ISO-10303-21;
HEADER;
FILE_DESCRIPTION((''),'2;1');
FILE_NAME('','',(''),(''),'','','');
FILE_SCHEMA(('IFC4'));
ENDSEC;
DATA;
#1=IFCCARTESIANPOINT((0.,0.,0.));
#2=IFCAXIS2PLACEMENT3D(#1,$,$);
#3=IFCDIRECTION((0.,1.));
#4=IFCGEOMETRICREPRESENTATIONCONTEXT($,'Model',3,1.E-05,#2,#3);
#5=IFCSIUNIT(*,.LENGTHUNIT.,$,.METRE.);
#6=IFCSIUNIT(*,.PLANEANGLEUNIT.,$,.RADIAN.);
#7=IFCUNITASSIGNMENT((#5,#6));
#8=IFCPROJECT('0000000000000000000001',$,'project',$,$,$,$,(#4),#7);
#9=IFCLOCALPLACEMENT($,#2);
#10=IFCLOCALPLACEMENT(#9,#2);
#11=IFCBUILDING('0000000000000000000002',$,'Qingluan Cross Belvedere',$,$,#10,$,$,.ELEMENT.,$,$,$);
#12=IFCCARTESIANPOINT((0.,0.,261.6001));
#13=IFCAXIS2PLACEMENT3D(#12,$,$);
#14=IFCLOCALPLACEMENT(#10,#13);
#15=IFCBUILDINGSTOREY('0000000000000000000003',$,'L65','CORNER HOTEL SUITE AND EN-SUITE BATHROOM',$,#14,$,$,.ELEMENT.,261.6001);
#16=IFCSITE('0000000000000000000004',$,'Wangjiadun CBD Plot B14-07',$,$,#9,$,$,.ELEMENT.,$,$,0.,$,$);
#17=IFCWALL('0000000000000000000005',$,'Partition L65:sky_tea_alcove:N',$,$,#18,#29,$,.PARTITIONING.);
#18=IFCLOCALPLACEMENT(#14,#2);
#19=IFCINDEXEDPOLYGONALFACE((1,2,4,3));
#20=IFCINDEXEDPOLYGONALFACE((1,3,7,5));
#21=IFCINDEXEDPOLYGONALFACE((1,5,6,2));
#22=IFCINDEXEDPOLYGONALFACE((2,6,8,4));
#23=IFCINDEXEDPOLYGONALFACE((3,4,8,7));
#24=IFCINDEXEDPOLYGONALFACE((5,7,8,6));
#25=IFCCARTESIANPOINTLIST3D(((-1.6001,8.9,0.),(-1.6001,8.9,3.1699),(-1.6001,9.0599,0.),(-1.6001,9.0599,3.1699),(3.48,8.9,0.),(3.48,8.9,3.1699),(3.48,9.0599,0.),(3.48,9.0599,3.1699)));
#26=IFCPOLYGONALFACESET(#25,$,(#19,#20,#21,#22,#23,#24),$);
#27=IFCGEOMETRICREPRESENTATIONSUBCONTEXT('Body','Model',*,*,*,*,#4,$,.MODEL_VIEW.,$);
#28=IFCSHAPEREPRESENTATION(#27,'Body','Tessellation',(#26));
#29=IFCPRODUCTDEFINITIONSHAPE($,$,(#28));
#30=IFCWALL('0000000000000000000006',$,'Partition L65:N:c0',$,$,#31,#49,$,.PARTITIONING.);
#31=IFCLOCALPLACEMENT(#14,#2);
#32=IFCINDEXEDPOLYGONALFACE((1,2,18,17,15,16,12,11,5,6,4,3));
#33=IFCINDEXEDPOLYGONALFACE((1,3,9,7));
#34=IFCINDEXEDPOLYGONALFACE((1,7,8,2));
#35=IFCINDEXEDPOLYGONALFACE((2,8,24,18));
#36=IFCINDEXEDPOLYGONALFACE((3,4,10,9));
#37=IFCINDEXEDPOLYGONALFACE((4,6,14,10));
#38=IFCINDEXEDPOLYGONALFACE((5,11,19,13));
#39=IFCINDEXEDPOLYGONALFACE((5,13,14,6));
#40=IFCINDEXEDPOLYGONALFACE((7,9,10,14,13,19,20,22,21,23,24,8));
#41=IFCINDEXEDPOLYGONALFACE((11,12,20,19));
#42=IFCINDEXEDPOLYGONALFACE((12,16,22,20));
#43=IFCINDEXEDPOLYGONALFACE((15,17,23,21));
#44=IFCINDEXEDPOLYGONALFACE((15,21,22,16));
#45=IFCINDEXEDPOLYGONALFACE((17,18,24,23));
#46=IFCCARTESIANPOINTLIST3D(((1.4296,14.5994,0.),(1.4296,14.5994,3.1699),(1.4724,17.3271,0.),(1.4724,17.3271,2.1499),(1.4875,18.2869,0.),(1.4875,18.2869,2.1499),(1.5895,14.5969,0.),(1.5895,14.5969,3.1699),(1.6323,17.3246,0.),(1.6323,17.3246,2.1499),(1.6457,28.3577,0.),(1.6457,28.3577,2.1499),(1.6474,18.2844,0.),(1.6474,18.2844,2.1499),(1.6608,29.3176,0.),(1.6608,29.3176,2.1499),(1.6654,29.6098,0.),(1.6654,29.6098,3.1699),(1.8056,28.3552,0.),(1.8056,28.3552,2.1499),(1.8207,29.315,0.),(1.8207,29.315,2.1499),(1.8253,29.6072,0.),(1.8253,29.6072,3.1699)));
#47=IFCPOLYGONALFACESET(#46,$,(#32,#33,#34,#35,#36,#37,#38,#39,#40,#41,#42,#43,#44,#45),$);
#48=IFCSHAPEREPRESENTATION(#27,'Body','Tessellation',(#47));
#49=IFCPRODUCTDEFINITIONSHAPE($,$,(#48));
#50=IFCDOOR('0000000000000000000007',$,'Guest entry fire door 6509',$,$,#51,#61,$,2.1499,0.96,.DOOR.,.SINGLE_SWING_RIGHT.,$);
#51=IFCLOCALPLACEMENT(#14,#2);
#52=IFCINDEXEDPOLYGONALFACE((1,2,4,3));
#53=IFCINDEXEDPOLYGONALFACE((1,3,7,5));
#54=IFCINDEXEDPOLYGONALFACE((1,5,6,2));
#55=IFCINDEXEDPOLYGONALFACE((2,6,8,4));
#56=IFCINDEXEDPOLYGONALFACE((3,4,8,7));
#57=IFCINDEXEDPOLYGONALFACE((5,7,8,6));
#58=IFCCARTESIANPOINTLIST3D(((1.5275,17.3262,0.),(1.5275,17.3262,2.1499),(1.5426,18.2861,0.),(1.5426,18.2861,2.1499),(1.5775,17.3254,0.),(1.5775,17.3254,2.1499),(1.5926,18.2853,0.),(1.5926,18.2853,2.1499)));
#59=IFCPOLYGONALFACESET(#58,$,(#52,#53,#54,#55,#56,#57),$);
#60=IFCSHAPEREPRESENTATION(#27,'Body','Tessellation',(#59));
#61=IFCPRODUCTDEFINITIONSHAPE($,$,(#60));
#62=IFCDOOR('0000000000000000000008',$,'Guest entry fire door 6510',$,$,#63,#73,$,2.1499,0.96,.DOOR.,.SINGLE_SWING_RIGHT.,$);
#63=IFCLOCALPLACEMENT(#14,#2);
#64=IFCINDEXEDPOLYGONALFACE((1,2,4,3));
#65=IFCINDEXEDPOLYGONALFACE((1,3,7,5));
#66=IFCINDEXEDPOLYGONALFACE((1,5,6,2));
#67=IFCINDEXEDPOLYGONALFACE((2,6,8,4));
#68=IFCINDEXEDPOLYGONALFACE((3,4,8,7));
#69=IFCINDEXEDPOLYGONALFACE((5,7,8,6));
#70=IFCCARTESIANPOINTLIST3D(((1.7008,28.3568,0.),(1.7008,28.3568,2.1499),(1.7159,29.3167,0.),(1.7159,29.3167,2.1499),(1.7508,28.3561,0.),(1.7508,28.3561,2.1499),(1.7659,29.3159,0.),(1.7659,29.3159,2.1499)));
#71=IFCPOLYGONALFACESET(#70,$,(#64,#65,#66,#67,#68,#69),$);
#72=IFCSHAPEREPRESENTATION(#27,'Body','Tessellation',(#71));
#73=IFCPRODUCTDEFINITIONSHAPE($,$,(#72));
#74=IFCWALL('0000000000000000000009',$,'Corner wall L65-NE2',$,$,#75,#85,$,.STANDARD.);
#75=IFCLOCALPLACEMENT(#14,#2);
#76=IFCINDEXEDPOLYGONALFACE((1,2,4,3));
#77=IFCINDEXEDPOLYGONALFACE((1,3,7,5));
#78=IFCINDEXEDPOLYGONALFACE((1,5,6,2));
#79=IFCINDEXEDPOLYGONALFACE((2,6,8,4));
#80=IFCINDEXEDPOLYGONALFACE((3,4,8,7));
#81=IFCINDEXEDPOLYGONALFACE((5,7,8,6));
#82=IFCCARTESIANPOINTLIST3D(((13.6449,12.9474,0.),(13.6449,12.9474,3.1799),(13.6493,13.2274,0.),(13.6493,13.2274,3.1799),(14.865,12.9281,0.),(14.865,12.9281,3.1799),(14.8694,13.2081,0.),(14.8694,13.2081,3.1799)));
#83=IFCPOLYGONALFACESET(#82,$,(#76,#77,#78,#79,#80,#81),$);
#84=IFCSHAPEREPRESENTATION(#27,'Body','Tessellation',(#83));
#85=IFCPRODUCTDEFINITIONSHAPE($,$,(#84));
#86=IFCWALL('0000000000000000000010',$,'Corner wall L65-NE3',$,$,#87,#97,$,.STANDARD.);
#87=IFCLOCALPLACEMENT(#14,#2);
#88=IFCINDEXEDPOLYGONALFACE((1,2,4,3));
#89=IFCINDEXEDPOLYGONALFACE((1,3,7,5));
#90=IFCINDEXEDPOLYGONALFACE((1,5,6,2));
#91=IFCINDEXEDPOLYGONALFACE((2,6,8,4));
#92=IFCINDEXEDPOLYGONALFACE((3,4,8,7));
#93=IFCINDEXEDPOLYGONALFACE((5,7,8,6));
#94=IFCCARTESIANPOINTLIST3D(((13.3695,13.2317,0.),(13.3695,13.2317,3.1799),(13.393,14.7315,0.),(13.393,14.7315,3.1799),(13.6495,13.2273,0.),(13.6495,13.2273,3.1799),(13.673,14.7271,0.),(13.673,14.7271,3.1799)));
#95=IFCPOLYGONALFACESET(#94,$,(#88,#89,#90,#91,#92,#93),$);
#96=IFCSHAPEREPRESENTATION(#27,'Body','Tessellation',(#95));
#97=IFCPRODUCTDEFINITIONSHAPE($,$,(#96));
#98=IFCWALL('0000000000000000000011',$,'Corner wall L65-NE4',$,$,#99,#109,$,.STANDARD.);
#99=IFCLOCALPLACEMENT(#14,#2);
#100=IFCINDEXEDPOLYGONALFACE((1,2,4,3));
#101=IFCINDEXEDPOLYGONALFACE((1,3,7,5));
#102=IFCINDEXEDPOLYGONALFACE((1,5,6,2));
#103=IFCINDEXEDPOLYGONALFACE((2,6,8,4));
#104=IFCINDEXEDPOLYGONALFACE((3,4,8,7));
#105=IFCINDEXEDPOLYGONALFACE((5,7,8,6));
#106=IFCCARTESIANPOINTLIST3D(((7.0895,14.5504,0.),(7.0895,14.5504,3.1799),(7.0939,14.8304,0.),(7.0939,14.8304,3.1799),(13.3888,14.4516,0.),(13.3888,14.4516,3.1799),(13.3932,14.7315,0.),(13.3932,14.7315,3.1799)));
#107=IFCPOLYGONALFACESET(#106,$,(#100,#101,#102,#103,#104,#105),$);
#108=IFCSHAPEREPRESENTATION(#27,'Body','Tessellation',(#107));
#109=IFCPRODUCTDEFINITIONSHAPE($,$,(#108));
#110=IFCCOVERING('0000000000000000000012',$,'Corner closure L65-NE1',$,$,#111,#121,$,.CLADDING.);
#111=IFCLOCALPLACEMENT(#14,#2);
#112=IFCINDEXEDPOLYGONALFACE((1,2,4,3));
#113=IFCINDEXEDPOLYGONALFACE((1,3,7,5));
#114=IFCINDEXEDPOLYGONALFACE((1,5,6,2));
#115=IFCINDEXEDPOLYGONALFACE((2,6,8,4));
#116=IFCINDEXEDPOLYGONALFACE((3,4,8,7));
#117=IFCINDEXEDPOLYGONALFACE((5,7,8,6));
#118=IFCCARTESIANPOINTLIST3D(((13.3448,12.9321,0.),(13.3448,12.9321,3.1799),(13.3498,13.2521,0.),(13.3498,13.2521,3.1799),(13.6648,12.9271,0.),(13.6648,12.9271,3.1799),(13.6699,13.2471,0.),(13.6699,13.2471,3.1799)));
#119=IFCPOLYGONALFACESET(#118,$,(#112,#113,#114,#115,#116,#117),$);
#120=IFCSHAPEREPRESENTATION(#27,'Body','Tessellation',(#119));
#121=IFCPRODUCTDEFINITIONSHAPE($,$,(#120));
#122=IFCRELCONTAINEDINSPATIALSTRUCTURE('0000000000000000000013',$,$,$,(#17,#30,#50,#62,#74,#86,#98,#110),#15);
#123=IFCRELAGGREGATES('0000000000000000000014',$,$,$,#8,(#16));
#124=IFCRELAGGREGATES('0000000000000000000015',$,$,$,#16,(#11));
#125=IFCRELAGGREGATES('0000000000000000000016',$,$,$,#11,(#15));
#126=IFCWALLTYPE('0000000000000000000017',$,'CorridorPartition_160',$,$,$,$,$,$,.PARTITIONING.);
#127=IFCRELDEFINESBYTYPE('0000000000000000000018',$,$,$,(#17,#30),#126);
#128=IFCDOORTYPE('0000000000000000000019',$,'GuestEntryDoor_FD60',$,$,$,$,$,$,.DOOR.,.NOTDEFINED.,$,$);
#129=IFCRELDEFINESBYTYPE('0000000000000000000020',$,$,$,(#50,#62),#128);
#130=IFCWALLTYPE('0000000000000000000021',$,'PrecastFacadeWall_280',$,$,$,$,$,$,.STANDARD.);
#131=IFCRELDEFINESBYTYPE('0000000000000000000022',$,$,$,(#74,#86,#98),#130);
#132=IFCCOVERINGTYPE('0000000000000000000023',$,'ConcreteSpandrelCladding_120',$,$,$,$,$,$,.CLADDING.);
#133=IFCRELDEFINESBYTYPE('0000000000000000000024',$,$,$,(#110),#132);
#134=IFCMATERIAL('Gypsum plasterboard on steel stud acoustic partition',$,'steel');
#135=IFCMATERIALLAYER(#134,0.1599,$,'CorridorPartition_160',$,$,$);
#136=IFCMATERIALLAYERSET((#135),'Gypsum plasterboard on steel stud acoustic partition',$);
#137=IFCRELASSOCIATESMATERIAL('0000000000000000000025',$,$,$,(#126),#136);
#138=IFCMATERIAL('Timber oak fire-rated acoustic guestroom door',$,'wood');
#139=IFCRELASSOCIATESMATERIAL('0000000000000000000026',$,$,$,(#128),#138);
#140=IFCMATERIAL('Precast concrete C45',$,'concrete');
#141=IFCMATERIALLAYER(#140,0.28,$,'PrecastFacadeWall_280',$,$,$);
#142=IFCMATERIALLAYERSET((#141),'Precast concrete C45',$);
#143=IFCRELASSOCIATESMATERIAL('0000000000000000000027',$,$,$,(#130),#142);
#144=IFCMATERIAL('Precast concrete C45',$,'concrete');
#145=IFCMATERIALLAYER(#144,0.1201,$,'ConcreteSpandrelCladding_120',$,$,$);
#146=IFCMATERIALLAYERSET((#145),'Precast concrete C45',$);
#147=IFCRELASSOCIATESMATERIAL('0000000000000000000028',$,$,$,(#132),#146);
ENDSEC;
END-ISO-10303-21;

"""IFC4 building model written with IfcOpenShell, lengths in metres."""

from ifc_helpers import new_model, si_unit, direction, frame, frame_2d, origin, origin_2d, place, context, subcontext, project, spatial, rectangle, extrude, material, layer, layer_set, type_object, element, fill, save


model = new_model("IFC4")

# Units and contexts
model_context = context("Model", 3, precision=1e-05, world=origin(), true_north=direction((0.0, 1.0)))
body_context = subcontext(model_context, "Body", "Model", "MODEL_VIEW")
ifc_project = project(units=[si_unit("LENGTHUNIT", "METRE"), si_unit("PLANEANGLEUNIT", "RADIAN")], contexts=[model_context])

# Site, building, storey
site_placement = place(None, origin())
site = spatial("IfcSite", under=ifc_project, at=site_placement, Name="Wangjiadun CBD Plot B14-07", CompositionType="ELEMENT", RefElevation=0.0)
building_placement = place(site_placement, origin())
building = spatial("IfcBuilding", under=site, at=building_placement, Name="Qingluan Cross Belvedere", CompositionType="ELEMENT")
storey_placement = place(building_placement, frame((0.0, 0.0, 261.6001)))
storey = spatial("IfcBuildingStorey", under=building, at=storey_placement, Name="L65", Description="CORNER HOTEL SUITE AND EN-SUITE BATHROOM", CompositionType="ELEMENT", Elevation=261.6001)

# Shared definitions
ifc_material_1 = material(Name="Gypsum plasterboard on steel stud acoustic partition", Category="steel")
ifc_layer_1 = layer(ifc_material_1, 0.1599, Name="CorridorPartition_160")
ifc_layer_set_1 = layer_set([ifc_layer_1], Name="Gypsum plasterboard on steel stud acoustic partition")
wall_type_1 = type_object("IfcWallType", Name="CorridorPartition_160", PredefinedType="PARTITIONING", material=ifc_layer_set_1)
ifc_material_2 = material(Name="Timber oak fire-rated acoustic guestroom door", Category="wood")
door_type = type_object("IfcDoorType", Name="GuestEntryDoor_FD60", OperationType="NOTDEFINED", PredefinedType="DOOR", material=ifc_material_2)

# Wall
wall_1_placement = place(storey_placement, frame((-1.6001, 8.98, 0.0), z_axis=(0.0, 0.0, 1.0), x_axis=(1.0, 0.0, 0.0)))
element("IfcWall", 1, at=wall_1_placement, inside=storey, type_object=wall_type_1, Name="Partition L65:sky_tea_alcove:N", PredefinedType="PARTITIONING", context=body_context, shape_type="SweptSolid", body=[
    extrude(rectangle(XDim=5.0801, YDim=0.1599, at=frame_2d((2.54, 0.0))), origin(), (0.0, 0.0, 1.0), 3.1699),
])

# Wall, openings, doors
wall_2_placement = place(storey_placement, frame((1.5095, 14.5981, 0.0), z_axis=(0.0, 0.0, 1.0), x_axis=(0.01571, 0.999877, 0.0)))
wall_2 = element("IfcWall", 2, at=wall_2_placement, inside=storey, type_object=wall_type_1, Name="Partition L65:N:c0", PredefinedType="PARTITIONING", context=body_context, shape_type="SweptSolid", body=[
    extrude(rectangle(XDim=15.0122, YDim=0.1599, at=frame_2d((7.5061, 0.0))), origin(), (0.0, 0.0, 1.0), 3.1699),
])
opening_1_placement = place(wall_2_placement, frame((2.728, 0.0, 0.0)))
opening_1 = element("IfcOpeningElement", 3, at=opening_1_placement, cuts=wall_2, PredefinedType="OPENING", context=body_context, shape_type="SweptSolid", body=[
    extrude(rectangle(XDim=0.96, YDim=2.1499, at=frame_2d((0.48, 1.075))), frame((0.0, 0.0898, 0.0), z_axis=(0.0, -1.0, 0.0), x_axis=(1.0, 0.0, 0.0)), (0.0, 0.0, 1.0), 0.1799),
])
opening_2_placement = place(wall_2_placement, frame((13.76, 0.0, 0.0)))
opening_2 = element("IfcOpeningElement", 4, at=opening_2_placement, cuts=wall_2, PredefinedType="OPENING", context=body_context, shape_type="SweptSolid", body=[
    extrude(rectangle(XDim=0.96, YDim=2.1499, at=frame_2d((0.48, 1.075))), frame((0.0, 0.0898, 0.0), z_axis=(0.0, -1.0, 0.0), x_axis=(1.0, 0.0, 0.0)), (0.0, 0.0, 1.0), 0.1799),
])
door_1_placement = place(opening_1_placement, origin())
door_1 = element("IfcDoor", 5, at=door_1_placement, inside=storey, type_object=door_type, Name="Guest entry fire door 6509", OperationType="SINGLE_SWING_RIGHT", OverallHeight=2.1499, OverallWidth=0.96, PredefinedType="DOOR", context=body_context, shape_type="SweptSolid", body=[
    extrude(rectangle(XDim=0.96, YDim=2.1499, at=frame_2d((0.48, 1.075))), frame((0.0, 0.0249, 0.0), z_axis=(0.0, -1.0, 0.0), x_axis=(1.0, 0.0, 0.0)), (0.0, 0.0, 1.0), 0.05),
])
fill(opening_1, door_1)
door_2_placement = place(opening_2_placement, origin())
door_2 = element("IfcDoor", 6, at=door_2_placement, inside=storey, type_object=door_type, Name="Guest entry fire door 6510", OperationType="SINGLE_SWING_RIGHT", OverallHeight=2.1499, OverallWidth=0.96, PredefinedType="DOOR", context=body_context, shape_type="SweptSolid", body=[
    extrude(rectangle(XDim=0.96, YDim=2.1499, at=frame_2d((0.48, 1.075))), frame((0.0, 0.0249, 0.0), z_axis=(0.0, -1.0, 0.0), x_axis=(1.0, 0.0, 0.0)), (0.0, 0.0, 1.0), 0.05),
])
fill(opening_2, door_2)

# Walls
ifc_material_3 = material(Name="Precast concrete C45", Category="concrete")
ifc_layer_2 = layer(ifc_material_3, 0.28, Name="PrecastFacadeWall_280")
ifc_layer_set_2 = layer_set([ifc_layer_2], Name="Precast concrete C45")
wall_type_2 = type_object("IfcWallType", Name="PrecastFacadeWall_280", PredefinedType="STANDARD", material=ifc_layer_set_2)
wall_3_placement = place(storey_placement, frame((14.8672, 13.0681, 0.0), z_axis=(0.0, 0.0, 1.0), x_axis=(-0.999875, 0.015808, 0.0)))
element("IfcWall", 7, at=wall_3_placement, inside=storey, type_object=wall_type_2, Name="Corner wall L65-NE2", PredefinedType="STANDARD", context=body_context, shape_type="SweptSolid", body=[
    extrude(rectangle(XDim=1.2202, YDim=0.28, at=frame_2d((0.6101, 0.0))), origin(), (0.0, 0.0, 1.0), 3.1799),
])
wall_4_placement = place(storey_placement, frame((13.5095, 13.2295, 0.0), z_axis=(0.0, 0.0, 1.0), x_axis=(0.015626, 0.999878, 0.0)))
element("IfcWall", 8, at=wall_4_placement, inside=storey, type_object=wall_type_2, Name="Corner wall L65-NE3", PredefinedType="STANDARD", context=body_context, shape_type="SweptSolid", body=[
    extrude(rectangle(XDim=1.5, YDim=0.28, at=frame_2d((0.75, 0.0))), origin(), (0.0, 0.0, 1.0), 3.1799),
])
wall_5_placement = place(storey_placement, frame((13.3909, 14.5916, 0.0), z_axis=(0.0, 0.0, 1.0), x_axis=(-0.999877, 0.015695, 0.0)))
element("IfcWall", 9, at=wall_5_placement, inside=storey, type_object=wall_type_2, Name="Corner wall L65-NE4", PredefinedType="STANDARD", context=body_context, shape_type="SweptSolid", body=[
    extrude(rectangle(XDim=6.3, YDim=0.28, at=frame_2d((3.1499, 0.0))), origin(), (0.0, 0.0, 1.0), 3.1799),
])

# Covering
ifc_material_4 = material(Name="Precast concrete C45", Category="concrete")
ifc_layer_3 = layer(ifc_material_4, 0.1201, Name="ConcreteSpandrelCladding_120")
ifc_layer_set_3 = layer_set([ifc_layer_3], Name="Precast concrete C45")
covering_type = type_object("IfcCoveringType", Name="ConcreteSpandrelCladding_120", PredefinedType="CLADDING", material=ifc_layer_set_3)
covering_placement = place(storey_placement, frame((13.5073, 13.0896, 0.0), z_axis=(0.0, 0.0, 1.0), x_axis=(0.999877, -0.015707, 0.0)))
element("IfcCovering", 10, at=covering_placement, inside=storey, type_object=covering_type, Name="Corner closure L65-NE1", PredefinedType="CLADDING", context=body_context, shape_type="SweptSolid", body=[
    extrude(rectangle(XDim=0.3201, YDim=0.3201, at=origin_2d()), origin(), (0.0, 0.0, 1.0), 3.1799),
])

save(model, "model.ifc")
